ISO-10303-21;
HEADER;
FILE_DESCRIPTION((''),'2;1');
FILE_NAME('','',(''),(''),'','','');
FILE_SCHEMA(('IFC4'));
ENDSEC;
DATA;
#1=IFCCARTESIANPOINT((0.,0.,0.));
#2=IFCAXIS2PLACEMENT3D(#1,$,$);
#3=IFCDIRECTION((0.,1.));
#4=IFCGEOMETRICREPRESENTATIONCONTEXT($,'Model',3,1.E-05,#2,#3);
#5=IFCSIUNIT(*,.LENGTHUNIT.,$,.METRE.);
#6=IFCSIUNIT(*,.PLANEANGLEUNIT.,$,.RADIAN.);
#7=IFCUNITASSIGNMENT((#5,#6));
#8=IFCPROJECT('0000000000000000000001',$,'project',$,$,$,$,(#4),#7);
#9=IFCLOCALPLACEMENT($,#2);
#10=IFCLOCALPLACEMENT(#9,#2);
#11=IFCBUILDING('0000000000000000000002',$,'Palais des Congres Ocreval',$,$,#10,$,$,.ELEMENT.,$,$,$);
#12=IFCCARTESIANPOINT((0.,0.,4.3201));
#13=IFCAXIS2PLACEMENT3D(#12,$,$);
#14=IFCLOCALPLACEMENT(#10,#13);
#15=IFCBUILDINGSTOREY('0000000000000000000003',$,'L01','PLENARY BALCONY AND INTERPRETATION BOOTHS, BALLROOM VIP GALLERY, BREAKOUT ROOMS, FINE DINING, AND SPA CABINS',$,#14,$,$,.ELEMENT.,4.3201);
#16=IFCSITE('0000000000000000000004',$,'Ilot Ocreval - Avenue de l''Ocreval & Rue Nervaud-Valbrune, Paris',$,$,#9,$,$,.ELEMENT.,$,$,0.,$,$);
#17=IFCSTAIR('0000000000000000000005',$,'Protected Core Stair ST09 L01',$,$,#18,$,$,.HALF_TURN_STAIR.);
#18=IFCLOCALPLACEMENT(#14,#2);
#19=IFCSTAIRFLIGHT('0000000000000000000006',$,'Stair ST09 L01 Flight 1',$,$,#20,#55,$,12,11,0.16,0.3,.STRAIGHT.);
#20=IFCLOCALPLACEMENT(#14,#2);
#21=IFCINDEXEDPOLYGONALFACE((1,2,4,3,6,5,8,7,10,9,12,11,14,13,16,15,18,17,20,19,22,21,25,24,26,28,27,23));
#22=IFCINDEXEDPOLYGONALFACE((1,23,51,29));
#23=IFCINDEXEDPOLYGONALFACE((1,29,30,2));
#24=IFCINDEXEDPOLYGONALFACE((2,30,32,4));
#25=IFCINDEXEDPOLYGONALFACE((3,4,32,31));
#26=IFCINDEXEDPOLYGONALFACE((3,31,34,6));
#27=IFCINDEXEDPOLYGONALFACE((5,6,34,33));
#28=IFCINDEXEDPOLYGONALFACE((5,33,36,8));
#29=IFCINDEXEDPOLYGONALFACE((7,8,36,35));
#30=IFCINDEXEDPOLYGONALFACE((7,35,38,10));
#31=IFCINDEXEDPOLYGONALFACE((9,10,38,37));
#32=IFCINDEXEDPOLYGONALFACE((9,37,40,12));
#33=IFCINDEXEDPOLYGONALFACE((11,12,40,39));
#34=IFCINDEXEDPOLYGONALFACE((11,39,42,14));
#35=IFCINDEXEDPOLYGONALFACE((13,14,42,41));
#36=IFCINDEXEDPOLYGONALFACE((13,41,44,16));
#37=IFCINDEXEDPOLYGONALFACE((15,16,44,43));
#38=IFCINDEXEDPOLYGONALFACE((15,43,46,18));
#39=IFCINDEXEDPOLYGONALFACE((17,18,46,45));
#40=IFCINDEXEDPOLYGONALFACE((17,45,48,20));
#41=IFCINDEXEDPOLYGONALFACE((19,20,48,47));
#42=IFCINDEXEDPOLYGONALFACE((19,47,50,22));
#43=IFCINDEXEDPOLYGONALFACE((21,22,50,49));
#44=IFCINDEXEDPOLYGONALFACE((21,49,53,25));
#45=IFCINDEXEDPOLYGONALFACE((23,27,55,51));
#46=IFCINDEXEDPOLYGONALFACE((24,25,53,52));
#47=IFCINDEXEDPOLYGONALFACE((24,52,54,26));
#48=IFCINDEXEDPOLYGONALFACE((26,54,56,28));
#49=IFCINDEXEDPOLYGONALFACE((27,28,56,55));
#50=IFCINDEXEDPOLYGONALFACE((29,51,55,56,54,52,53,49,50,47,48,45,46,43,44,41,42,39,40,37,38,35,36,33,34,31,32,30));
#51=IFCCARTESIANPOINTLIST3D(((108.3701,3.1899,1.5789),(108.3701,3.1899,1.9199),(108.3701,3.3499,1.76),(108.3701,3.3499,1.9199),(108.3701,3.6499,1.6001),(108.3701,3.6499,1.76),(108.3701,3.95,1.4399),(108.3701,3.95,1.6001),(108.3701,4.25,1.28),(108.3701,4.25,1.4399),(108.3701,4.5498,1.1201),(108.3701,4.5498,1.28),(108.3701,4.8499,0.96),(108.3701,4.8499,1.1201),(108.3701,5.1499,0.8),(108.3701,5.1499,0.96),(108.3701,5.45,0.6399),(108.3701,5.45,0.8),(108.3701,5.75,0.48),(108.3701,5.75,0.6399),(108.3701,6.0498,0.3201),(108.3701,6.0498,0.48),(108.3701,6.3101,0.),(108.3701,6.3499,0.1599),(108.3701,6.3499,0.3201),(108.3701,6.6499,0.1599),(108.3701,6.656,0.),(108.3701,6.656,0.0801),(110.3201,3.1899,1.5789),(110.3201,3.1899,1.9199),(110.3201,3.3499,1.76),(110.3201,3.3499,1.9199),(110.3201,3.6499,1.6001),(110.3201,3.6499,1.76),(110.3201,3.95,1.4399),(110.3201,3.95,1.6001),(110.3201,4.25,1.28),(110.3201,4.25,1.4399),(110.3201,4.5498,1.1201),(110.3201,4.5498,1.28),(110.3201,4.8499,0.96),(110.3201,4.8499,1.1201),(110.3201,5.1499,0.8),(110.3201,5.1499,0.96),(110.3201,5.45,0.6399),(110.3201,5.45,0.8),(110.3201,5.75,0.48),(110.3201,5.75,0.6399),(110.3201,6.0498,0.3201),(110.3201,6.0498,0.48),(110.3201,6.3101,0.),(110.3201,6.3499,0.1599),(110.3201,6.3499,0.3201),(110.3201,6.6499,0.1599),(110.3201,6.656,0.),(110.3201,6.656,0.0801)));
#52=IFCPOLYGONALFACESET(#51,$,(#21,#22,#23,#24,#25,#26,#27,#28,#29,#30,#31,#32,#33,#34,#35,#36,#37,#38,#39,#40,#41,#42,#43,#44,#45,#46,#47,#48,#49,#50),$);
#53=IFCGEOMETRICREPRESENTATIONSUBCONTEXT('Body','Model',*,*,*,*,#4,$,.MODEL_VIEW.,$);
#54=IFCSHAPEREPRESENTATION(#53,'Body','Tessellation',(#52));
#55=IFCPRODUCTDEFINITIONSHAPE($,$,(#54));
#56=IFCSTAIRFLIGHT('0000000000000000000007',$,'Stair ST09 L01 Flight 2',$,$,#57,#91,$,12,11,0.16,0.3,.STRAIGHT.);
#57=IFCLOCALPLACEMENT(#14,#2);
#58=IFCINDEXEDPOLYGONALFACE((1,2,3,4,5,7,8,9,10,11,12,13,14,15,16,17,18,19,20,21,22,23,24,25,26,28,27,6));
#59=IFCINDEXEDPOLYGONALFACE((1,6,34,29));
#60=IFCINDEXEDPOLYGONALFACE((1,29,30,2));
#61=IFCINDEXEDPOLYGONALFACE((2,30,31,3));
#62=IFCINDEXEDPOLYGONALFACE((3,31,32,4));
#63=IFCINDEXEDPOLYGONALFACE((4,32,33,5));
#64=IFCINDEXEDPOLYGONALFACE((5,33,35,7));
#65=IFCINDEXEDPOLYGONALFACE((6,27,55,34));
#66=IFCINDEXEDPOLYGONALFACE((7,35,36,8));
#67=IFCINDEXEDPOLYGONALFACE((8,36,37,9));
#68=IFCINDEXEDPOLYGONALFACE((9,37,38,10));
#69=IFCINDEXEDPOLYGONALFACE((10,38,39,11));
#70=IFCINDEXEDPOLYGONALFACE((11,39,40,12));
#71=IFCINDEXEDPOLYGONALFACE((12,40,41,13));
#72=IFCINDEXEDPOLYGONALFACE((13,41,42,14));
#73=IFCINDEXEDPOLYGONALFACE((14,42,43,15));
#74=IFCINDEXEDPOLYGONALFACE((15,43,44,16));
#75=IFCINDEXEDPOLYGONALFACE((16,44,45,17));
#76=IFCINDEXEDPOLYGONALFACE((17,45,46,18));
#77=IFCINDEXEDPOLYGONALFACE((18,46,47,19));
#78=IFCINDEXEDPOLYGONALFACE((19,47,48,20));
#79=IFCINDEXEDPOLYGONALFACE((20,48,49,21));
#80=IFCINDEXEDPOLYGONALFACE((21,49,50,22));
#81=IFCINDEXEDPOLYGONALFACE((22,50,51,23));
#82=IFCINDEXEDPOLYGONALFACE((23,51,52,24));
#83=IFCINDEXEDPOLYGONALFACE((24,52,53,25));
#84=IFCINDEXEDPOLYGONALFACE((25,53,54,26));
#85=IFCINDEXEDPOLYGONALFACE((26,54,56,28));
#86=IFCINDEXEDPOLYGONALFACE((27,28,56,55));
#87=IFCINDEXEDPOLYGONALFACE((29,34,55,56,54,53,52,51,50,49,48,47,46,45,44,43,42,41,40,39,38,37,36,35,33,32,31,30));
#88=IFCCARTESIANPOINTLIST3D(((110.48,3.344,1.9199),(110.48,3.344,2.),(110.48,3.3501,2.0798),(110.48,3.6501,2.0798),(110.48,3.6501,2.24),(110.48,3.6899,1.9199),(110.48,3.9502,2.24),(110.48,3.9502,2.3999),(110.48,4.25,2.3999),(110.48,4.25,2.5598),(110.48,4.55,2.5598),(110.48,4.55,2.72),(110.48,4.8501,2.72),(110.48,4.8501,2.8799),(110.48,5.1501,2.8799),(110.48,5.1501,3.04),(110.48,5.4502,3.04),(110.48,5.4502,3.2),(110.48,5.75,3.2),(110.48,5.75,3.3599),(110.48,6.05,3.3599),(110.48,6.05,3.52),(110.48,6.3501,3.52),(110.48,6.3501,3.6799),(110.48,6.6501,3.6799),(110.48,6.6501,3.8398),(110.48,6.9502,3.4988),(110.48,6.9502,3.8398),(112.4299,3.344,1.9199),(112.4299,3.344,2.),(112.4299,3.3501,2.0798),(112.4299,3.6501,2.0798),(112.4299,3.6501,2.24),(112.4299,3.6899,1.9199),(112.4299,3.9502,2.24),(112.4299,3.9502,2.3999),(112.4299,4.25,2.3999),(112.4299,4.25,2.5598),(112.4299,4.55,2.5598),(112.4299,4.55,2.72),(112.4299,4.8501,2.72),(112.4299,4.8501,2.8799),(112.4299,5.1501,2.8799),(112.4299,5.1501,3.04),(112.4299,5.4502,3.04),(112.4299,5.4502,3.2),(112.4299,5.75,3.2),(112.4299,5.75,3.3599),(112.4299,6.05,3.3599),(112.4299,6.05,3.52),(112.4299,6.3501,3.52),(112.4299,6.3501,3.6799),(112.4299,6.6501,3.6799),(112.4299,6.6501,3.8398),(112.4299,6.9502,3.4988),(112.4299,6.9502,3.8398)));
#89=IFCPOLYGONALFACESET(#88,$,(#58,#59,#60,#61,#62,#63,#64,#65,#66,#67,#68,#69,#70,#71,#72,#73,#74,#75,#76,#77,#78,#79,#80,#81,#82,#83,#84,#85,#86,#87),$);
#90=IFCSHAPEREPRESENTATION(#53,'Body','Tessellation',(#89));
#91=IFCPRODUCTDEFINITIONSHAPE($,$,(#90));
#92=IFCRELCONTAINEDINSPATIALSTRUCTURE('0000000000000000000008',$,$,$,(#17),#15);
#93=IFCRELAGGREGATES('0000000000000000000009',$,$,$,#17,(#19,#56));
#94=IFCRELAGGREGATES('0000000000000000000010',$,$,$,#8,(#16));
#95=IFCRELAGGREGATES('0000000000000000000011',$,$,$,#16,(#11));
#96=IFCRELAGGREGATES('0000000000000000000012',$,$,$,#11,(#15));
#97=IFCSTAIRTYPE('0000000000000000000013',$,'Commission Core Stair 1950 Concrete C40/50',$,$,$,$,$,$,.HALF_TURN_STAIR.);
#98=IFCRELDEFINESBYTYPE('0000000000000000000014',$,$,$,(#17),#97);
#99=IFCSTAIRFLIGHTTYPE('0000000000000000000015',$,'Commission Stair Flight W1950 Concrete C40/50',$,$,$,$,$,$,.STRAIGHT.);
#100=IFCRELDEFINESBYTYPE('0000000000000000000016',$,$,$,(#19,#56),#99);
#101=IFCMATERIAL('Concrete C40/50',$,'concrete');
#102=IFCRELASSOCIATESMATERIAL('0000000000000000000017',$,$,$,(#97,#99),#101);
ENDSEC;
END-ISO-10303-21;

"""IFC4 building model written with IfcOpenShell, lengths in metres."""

from ifc_helpers import new_model, si_unit, direction, frame, origin, place, context, subcontext, project, spatial, polyline, outline, extrude, material, type_object, element, aggregate, save


model = new_model("IFC4")

# Units and contexts
model_context = context("Model", 3, precision=1e-05, world=origin(), true_north=direction((0.0, 1.0)))
body_context = subcontext(model_context, "Body", "Model", "MODEL_VIEW")
ifc_project = project(units=[si_unit("LENGTHUNIT", "METRE"), si_unit("PLANEANGLEUNIT", "RADIAN")], contexts=[model_context])

# Site, building, storey
site_placement = place(None, origin())
site = spatial("IfcSite", under=ifc_project, at=site_placement, Name="Ilot Ocreval - Avenue de l'Ocreval & Rue Nervaud-Valbrune, Paris", CompositionType="ELEMENT", RefElevation=0.0)
building_placement = place(site_placement, origin())
building = spatial("IfcBuilding", under=site, at=building_placement, Name="Palais des Congres Ocreval", CompositionType="ELEMENT")
storey_placement = place(building_placement, frame((0.0, 0.0, 4.3201)))
storey = spatial("IfcBuildingStorey", under=building, at=storey_placement, Name="L01", Description="PLENARY BALCONY AND INTERPRETATION BOOTHS, BALLROOM VIP GALLERY, BREAKOUT ROOMS, FINE DINING, AND SPA CABINS", CompositionType="ELEMENT", Elevation=4.3201)

# Shared definitions
ifc_material_1 = material(Name="Concrete C40/50", Category="concrete")

# Stair, stair flights
stair_type = type_object("IfcStairType", Name="Commission Core Stair 1950 Concrete C40/50", PredefinedType="HALF_TURN_STAIR", material=ifc_material_1)
stair_placement = place(storey_placement, origin())
stair = element("IfcStair", 1, at=stair_placement, inside=storey, type_object=stair_type, Name="Protected Core Stair ST09 L01", PredefinedType="HALF_TURN_STAIR")
stair_flight_type = type_object("IfcStairFlightType", Name="Commission Stair Flight W1950 Concrete C40/50", PredefinedType="STRAIGHT", material=ifc_material_1)
stair_flight_1_placement = place(storey_placement, frame((109.345, 6.6499, 0.0), z_axis=(0.0, 0.0, 1.0), x_axis=(0.0, -1.0, 0.0)))
stair_flight_1 = element("IfcStairFlight", 2, at=stair_flight_1_placement, type_object=stair_flight_type, Name="Stair ST09 L01 Flight 1", NumberOfRisers=12, NumberOfTreads=11, PredefinedType="STRAIGHT", RiserHeight=0.16, TreadLength=0.3, context=body_context, shape_type="SweptSolid", body=[
    extrude(outline(polyline([(-0.0061, 0.0), (-0.0061, 0.0801), (0.0, 0.1599), (0.3, 0.1599), (0.3, 0.3201), (0.6001, 0.3201), (0.6001, 0.48), (0.8999, 0.48), (0.8999, 0.6399), (1.2, 0.6399), (1.2, 0.8), (1.5, 0.8), (1.5, 0.96), (1.8, 0.96), (1.8, 1.1201), (2.1001, 1.1201), (2.1001, 1.28), (2.3999, 1.28), (2.3999, 1.4399), (2.7, 1.4399), (2.7, 1.6001), (3.0, 1.6001), (3.0, 1.76), (3.3, 1.76), (3.3, 1.9199), (3.46, 1.9199), (3.46, 1.5789), (0.3398, 0.0), (-0.0061, 0.0)])), frame((0.0, 0.9751, 0.0), z_axis=(0.0, -1.0, 0.0), x_axis=(1.0, 0.0, 0.0)), (0.0, 0.0, 1.0), 1.95),
])
stair_flight_2_placement = place(storey_placement, frame((111.4551, 3.3501, 1.9199), z_axis=(0.0, 0.0, 1.0), x_axis=(0.0, 1.0, 0.0)))
stair_flight_2 = element("IfcStairFlight", 3, at=stair_flight_2_placement, type_object=stair_flight_type, Name="Stair ST09 L01 Flight 2", NumberOfRisers=12, NumberOfTreads=11, PredefinedType="STRAIGHT", RiserHeight=0.16, TreadLength=0.3, context=body_context, shape_type="SweptSolid", body=[
    extrude(outline(polyline([(-0.0061, 0.0), (-0.0061, 0.0801), (0.0, 0.1599), (0.3, 0.1599), (0.3, 0.3201), (0.6001, 0.3201), (0.6001, 0.48), (0.8999, 0.48), (0.8999, 0.6399), (1.2, 0.6399), (1.2, 0.8), (1.5, 0.8), (1.5, 0.96), (1.8, 0.96), (1.8, 1.1201), (2.1001, 1.1201), (2.1001, 1.28), (2.3999, 1.28), (2.3999, 1.4399), (2.7, 1.4399), (2.7, 1.6001), (3.0, 1.6001), (3.0, 1.76), (3.3, 1.76), (3.3, 1.9199), (3.6001, 1.9199), (3.6001, 1.5789), (0.3398, 0.0), (-0.0061, 0.0)])), frame((0.0, 0.9751, 0.0), z_axis=(0.0, -1.0, 0.0), x_axis=(1.0, 0.0, 0.0)), (0.0, 0.0, 1.0), 1.95),
])
aggregate(stair, [stair_flight_1, stair_flight_2])

save(model, "model.ifc")
